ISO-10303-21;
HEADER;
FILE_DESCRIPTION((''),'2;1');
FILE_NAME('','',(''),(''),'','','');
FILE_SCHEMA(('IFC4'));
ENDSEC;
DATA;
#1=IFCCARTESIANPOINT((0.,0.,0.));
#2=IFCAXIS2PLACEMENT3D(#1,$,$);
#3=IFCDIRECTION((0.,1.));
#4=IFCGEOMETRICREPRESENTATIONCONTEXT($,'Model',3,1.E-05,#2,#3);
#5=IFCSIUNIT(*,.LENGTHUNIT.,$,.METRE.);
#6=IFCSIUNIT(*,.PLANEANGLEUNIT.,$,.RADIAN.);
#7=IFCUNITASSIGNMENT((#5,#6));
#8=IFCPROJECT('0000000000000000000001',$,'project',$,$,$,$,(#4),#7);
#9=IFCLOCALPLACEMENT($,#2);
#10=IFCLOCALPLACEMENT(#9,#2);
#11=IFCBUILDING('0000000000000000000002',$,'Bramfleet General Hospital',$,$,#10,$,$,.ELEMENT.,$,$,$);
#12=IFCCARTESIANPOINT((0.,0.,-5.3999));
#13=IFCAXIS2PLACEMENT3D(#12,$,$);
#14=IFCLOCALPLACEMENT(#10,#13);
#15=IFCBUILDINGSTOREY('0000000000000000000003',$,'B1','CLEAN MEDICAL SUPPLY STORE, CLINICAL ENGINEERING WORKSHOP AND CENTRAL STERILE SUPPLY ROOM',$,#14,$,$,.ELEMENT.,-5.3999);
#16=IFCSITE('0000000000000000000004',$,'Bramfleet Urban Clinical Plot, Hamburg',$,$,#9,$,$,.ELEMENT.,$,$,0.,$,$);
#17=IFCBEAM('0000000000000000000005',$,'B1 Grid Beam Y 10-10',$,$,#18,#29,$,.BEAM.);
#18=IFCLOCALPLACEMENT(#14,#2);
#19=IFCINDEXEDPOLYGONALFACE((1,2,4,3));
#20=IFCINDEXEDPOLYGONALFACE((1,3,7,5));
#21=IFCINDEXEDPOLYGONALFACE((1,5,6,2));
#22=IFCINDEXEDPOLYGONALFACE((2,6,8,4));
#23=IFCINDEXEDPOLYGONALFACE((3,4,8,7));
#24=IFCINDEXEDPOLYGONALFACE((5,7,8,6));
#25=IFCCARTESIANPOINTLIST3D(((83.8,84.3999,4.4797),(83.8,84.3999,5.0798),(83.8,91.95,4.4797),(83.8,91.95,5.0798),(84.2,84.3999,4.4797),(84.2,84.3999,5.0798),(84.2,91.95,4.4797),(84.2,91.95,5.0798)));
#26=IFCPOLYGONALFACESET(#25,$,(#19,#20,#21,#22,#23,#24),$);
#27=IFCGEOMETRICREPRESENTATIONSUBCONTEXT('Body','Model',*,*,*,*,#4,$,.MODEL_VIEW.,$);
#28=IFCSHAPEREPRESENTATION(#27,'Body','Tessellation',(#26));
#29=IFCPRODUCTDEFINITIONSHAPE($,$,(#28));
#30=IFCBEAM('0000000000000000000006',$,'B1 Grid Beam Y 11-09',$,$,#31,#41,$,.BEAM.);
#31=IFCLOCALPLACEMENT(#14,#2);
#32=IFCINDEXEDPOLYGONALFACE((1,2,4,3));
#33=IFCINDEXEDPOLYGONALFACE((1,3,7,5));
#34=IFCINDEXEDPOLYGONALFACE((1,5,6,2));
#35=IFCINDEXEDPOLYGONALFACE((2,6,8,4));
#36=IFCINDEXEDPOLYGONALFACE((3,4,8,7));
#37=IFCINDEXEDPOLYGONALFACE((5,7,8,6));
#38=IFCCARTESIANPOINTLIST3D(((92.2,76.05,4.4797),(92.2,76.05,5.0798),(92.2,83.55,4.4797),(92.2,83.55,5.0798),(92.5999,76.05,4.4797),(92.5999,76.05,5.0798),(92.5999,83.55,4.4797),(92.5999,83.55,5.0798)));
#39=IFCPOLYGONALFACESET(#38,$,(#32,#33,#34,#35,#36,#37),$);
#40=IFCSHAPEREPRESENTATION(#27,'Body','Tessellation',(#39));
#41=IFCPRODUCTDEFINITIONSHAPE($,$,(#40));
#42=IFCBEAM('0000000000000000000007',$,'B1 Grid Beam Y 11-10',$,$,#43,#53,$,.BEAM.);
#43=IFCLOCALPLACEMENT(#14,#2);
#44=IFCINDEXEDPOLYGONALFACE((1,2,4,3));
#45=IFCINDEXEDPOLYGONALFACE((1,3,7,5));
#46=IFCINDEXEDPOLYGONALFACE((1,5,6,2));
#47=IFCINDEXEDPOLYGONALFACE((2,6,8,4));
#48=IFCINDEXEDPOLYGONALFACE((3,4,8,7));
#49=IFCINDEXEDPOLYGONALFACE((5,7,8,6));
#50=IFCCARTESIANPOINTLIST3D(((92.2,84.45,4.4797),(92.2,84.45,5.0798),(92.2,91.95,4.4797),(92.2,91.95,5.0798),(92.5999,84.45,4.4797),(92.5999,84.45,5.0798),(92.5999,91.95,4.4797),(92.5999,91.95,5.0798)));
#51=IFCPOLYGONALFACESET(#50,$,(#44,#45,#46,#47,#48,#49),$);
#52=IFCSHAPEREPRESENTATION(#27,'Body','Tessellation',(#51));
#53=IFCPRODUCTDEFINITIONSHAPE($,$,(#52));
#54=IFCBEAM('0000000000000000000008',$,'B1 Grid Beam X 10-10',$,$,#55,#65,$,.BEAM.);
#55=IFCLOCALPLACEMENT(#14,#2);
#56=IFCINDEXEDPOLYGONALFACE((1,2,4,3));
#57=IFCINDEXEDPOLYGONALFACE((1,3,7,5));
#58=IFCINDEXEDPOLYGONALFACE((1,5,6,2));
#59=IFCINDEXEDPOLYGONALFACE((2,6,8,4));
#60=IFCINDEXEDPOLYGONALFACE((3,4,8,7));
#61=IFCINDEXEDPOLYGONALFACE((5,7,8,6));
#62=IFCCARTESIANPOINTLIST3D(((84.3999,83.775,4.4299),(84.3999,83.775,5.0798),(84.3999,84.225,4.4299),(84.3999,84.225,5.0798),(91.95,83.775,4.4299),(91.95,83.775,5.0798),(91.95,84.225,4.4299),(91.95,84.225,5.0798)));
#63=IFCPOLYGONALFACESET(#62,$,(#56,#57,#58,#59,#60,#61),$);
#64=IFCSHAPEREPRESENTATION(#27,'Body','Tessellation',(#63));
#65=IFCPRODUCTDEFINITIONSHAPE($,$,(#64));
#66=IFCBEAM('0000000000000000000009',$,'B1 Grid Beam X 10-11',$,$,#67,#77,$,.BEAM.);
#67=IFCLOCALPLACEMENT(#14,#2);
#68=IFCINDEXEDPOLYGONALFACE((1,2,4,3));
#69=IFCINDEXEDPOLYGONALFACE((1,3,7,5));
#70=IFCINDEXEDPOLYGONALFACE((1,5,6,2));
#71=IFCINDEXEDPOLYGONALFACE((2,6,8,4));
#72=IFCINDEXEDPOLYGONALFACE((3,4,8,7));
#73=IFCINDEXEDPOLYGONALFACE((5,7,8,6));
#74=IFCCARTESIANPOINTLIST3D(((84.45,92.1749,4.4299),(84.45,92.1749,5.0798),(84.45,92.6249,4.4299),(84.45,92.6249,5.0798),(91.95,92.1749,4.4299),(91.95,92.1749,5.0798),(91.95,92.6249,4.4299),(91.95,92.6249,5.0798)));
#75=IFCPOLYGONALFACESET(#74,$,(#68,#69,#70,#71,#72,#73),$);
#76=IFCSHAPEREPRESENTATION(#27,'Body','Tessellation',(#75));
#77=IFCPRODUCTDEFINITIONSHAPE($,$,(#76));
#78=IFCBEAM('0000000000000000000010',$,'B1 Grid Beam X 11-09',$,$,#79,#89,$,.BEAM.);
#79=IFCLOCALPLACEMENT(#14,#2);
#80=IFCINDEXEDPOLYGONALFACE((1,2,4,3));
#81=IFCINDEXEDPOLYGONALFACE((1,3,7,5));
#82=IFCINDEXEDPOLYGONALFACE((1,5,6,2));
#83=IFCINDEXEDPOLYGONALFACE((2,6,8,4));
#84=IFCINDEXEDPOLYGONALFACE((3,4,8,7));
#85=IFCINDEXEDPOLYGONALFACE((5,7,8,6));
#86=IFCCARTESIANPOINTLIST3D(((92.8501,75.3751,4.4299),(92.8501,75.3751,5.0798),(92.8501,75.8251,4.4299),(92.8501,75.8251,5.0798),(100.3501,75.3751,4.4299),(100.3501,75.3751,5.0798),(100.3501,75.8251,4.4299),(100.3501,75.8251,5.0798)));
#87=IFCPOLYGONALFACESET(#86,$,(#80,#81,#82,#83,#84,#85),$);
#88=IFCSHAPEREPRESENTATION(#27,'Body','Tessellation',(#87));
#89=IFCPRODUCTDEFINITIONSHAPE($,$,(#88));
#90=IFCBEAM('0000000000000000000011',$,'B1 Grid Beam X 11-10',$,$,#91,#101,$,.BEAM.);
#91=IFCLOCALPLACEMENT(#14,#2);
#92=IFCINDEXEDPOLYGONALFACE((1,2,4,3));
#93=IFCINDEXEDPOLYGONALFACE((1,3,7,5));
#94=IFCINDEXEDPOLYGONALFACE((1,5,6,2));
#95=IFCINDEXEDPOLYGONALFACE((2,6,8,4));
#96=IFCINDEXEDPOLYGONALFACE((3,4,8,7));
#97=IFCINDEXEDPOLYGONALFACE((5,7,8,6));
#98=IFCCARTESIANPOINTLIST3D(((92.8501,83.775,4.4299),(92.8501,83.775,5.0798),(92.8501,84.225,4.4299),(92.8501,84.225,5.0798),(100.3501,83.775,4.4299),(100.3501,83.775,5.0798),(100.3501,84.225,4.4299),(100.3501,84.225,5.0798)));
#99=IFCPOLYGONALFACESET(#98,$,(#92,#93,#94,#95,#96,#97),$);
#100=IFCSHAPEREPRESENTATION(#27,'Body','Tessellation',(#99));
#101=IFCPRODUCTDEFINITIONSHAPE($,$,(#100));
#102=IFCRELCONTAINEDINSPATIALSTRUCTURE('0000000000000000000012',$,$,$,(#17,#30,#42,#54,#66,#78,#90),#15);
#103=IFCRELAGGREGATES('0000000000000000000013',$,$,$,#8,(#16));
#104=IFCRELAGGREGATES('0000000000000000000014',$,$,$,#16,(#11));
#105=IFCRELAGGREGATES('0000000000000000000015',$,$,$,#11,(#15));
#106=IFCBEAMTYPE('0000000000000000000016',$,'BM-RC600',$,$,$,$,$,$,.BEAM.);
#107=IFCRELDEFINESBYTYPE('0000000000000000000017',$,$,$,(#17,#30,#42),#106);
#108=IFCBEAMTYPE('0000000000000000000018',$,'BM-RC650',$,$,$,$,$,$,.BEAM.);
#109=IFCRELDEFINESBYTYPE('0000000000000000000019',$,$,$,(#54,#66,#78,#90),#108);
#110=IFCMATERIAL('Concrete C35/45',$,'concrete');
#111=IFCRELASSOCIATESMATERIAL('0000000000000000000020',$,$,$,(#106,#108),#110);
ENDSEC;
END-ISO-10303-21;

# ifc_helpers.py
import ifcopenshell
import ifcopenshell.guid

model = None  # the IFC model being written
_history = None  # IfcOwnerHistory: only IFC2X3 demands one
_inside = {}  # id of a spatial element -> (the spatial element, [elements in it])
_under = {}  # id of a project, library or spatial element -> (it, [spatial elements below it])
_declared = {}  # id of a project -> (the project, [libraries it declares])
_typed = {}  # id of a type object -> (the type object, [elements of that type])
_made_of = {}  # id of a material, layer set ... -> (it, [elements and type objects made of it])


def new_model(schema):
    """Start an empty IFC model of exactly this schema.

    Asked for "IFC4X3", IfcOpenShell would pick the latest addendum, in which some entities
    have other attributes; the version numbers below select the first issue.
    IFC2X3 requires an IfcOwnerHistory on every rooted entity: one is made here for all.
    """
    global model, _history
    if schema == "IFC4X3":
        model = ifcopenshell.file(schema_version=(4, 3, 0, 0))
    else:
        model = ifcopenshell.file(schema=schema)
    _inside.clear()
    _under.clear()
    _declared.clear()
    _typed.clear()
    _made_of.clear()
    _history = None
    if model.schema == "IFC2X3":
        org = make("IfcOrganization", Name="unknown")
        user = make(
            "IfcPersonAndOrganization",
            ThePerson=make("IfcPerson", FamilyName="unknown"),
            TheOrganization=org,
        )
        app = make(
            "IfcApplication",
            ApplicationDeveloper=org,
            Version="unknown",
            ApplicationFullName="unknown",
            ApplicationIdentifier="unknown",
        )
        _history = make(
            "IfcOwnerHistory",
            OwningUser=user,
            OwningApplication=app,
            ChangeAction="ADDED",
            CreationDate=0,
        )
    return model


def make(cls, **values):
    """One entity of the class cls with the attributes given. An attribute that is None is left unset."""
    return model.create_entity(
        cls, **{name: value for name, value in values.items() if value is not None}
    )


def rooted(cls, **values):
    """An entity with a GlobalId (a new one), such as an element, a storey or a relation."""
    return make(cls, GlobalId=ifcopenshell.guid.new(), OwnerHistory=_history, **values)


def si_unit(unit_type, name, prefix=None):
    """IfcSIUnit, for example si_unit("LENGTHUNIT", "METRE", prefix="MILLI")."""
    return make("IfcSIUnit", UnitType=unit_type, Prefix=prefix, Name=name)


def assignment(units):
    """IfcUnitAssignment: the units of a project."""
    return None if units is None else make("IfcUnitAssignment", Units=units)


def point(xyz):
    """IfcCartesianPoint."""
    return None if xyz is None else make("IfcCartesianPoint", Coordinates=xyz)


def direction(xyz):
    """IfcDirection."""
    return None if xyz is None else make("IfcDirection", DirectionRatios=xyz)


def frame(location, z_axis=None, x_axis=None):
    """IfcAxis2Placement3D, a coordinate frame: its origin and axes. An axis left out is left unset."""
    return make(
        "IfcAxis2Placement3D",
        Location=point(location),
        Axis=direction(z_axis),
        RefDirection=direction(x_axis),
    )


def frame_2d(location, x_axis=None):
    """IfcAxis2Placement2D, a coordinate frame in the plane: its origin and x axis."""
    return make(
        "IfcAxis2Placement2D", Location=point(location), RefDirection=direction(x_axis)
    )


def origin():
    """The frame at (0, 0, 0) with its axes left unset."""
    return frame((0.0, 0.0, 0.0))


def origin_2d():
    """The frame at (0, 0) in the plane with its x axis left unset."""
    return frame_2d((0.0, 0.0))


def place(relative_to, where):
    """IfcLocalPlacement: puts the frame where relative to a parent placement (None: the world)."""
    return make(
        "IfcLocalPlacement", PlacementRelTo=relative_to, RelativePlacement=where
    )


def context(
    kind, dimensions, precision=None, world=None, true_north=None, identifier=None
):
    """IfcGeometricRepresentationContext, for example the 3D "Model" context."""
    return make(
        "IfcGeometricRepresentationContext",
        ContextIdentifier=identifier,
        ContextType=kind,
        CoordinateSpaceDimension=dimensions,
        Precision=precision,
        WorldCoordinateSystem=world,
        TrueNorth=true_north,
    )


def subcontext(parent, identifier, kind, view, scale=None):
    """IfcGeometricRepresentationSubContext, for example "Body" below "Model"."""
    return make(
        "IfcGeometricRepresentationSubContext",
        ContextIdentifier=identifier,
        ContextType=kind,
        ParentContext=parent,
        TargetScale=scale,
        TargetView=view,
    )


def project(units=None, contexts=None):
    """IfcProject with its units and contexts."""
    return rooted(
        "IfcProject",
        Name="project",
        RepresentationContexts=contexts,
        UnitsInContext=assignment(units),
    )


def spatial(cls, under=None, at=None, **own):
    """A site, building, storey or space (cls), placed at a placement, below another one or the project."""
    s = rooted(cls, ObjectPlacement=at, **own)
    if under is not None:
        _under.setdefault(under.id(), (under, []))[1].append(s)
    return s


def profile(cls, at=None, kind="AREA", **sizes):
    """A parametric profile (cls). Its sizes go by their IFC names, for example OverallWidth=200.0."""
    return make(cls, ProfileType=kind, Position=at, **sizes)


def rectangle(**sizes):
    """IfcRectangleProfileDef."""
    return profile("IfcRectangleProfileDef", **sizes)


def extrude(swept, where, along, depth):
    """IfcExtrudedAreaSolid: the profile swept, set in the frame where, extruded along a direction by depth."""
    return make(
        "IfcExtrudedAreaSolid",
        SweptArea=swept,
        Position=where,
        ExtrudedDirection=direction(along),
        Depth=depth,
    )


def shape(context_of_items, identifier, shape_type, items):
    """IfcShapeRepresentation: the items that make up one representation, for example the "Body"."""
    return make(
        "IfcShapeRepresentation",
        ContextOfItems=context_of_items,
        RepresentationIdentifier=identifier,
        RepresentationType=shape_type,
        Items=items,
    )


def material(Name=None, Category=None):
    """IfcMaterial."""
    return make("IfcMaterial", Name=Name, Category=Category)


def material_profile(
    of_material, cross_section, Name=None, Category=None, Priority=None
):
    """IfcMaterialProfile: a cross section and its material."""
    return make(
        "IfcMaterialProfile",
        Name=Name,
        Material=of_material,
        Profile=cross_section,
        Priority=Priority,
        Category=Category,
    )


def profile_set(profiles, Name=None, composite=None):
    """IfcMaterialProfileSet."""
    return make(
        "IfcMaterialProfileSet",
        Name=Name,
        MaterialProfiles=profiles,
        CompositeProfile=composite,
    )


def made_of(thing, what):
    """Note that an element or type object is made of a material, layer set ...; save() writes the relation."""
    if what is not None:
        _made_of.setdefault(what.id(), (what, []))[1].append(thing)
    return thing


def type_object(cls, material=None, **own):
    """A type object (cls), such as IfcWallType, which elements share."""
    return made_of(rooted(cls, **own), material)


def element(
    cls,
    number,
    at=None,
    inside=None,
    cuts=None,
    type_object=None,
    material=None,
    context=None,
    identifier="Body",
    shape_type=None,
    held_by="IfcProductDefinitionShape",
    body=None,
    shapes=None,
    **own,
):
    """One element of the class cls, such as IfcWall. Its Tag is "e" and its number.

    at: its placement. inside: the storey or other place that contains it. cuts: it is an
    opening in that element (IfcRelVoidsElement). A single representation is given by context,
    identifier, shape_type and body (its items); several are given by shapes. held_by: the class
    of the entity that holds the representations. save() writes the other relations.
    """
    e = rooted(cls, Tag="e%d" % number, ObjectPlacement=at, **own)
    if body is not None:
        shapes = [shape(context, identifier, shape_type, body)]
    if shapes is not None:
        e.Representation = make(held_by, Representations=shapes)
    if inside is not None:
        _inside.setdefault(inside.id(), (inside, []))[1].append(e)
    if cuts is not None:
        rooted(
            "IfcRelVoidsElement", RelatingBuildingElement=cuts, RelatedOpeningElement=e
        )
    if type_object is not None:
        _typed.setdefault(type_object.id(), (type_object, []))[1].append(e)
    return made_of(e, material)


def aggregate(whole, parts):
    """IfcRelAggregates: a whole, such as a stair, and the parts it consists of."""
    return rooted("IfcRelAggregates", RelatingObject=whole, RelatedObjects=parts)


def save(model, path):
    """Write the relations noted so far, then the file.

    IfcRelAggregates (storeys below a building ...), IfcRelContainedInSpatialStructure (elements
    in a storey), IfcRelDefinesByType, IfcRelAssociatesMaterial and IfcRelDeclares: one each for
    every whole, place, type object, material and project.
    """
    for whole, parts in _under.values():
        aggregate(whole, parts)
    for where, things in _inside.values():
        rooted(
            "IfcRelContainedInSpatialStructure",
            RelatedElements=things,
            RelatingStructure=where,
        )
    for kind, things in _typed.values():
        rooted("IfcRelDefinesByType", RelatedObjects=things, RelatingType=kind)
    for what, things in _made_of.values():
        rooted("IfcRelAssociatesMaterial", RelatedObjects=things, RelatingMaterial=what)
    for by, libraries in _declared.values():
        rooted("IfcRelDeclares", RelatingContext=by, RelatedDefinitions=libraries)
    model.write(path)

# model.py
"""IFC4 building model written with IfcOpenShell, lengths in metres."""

from ifc_helpers import new_model, si_unit, direction, frame, origin, origin_2d, place, context, subcontext, project, spatial, rectangle, extrude, material, material_profile, profile_set, type_object, element, save


model = new_model("IFC4")

# Units and contexts
model_context = context("Model", 3, precision=1e-05, world=origin(), true_north=direction((0.0, 1.0)))
body_context = subcontext(model_context, "Body", "Model", "MODEL_VIEW")
ifc_project = project(units=[si_unit("LENGTHUNIT", "METRE"), si_unit("PLANEANGLEUNIT", "RADIAN")], contexts=[model_context])

# Site, building, storey
site_placement = place(None, origin())
site = spatial("IfcSite", under=ifc_project, at=site_placement, Name="Bramfleet Urban Clinical Plot, Hamburg", CompositionType="ELEMENT", RefElevation=0.0)
building_placement = place(site_placement, origin())
building = spatial("IfcBuilding", under=site, at=building_placement, Name="Bramfleet General Hospital", CompositionType="ELEMENT")
storey_placement = place(building_placement, frame((0.0, 0.0, -5.3999)))
storey = spatial("IfcBuildingStorey", under=building, at=storey_placement, Name="B1", Description="CLEAN MEDICAL SUPPLY STORE, CLINICAL ENGINEERING WORKSHOP AND CENTRAL STERILE SUPPLY ROOM", CompositionType="ELEMENT", Elevation=-5.3999)

# Shared definitions
ifc_material_1 = material(Name="Concrete C35/45", Category="concrete")

# Beams
ifc_material_profile_1 = material_profile(ifc_material_1, rectangle(XDim=0.3999, YDim=0.6001, at=origin_2d()), Name="RC BM 600x400")
ifc_profile_set_1 = profile_set([ifc_material_profile_1], Name="Concrete C35/45")
beam_type_1 = type_object("IfcBeamType", Name="BM-RC600", PredefinedType="BEAM", material=ifc_profile_set_1)
beam_1_placement = place(storey_placement, frame((84.0, 84.3999, 4.7798), z_axis=(0.0, 1.0, 0.0), x_axis=(-1.0, 0.0, 0.0)))
element("IfcBeam", 1, at=beam_1_placement, inside=storey, type_object=beam_type_1, Name="B1 Grid Beam Y 10-10", PredefinedType="BEAM", context=body_context, shape_type="SweptSolid", body=[
    extrude(rectangle(XDim=0.3999, YDim=0.6001, at=origin_2d()), origin(), (0.0, 0.0, 1.0), 7.55),
])
for number, where, z_axis, x_axis, name in (
    (2, (92.3999, 76.05, 4.7798), (0.0, 1.0, 0.0), (-1.0, 0.0, 0.0), "B1 Grid Beam Y 11-09"),
    (3, (92.3999, 84.45, 4.7798), (0.0, 1.0, 0.0), (-1.0, 0.0, 0.0), "B1 Grid Beam Y 11-10"),
):
    element("IfcBeam", number, at=place(storey_placement, frame(where, z_axis=z_axis, x_axis=x_axis)), inside=storey, type_object=beam_type_1, Name=name, PredefinedType="BEAM", context=body_context, shape_type="SweptSolid", body=[
        extrude(rectangle(XDim=0.3999, YDim=0.6001, at=origin_2d()), origin(), (0.0, 0.0, 1.0), 7.5),
    ])
ifc_material_profile_2 = material_profile(ifc_material_1, rectangle(XDim=0.45, YDim=0.6499, at=origin_2d()), Name="RC BM 650x450")
ifc_profile_set_2 = profile_set([ifc_material_profile_2], Name="Concrete C35/45")
beam_type_2 = type_object("IfcBeamType", Name="BM-RC650", PredefinedType="BEAM", material=ifc_profile_set_2)
beam_2_placement = place(storey_placement, frame((84.3999, 84.0, 4.7549), z_axis=(1.0, 0.0, 0.0), x_axis=(0.0, 1.0, 0.0)))
element("IfcBeam", 4, at=beam_2_placement, inside=storey, type_object=beam_type_2, Name="B1 Grid Beam X 10-10", PredefinedType="BEAM", context=body_context, shape_type="SweptSolid", body=[
    extrude(rectangle(XDim=0.45, YDim=0.6499, at=origin_2d()), origin(), (0.0, 0.0, 1.0), 7.55),
])
for number, where, z_axis, x_axis, name in (
    (5, (84.45, 92.3999, 4.7549), (1.0, 0.0, 0.0), (0.0, 1.0, 0.0), "B1 Grid Beam X 10-11"),
    (6, (92.8501, 75.6001, 4.7549), (1.0, 0.0, 0.0), (0.0, 1.0, 0.0), "B1 Grid Beam X 11-09"),
    (7, (92.8501, 84.0, 4.7549), (1.0, 0.0, 0.0), (0.0, 1.0, 0.0), "B1 Grid Beam X 11-10"),
):
    element("IfcBeam", number, at=place(storey_placement, frame(where, z_axis=z_axis, x_axis=x_axis)), inside=storey, type_object=beam_type_2, Name=name, PredefinedType="BEAM", context=body_context, shape_type="SweptSolid", body=[
        extrude(rectangle(XDim=0.45, YDim=0.6499, at=origin_2d()), origin(), (0.0, 0.0, 1.0), 7.5),
    ])

save(model, "model.ifc")
